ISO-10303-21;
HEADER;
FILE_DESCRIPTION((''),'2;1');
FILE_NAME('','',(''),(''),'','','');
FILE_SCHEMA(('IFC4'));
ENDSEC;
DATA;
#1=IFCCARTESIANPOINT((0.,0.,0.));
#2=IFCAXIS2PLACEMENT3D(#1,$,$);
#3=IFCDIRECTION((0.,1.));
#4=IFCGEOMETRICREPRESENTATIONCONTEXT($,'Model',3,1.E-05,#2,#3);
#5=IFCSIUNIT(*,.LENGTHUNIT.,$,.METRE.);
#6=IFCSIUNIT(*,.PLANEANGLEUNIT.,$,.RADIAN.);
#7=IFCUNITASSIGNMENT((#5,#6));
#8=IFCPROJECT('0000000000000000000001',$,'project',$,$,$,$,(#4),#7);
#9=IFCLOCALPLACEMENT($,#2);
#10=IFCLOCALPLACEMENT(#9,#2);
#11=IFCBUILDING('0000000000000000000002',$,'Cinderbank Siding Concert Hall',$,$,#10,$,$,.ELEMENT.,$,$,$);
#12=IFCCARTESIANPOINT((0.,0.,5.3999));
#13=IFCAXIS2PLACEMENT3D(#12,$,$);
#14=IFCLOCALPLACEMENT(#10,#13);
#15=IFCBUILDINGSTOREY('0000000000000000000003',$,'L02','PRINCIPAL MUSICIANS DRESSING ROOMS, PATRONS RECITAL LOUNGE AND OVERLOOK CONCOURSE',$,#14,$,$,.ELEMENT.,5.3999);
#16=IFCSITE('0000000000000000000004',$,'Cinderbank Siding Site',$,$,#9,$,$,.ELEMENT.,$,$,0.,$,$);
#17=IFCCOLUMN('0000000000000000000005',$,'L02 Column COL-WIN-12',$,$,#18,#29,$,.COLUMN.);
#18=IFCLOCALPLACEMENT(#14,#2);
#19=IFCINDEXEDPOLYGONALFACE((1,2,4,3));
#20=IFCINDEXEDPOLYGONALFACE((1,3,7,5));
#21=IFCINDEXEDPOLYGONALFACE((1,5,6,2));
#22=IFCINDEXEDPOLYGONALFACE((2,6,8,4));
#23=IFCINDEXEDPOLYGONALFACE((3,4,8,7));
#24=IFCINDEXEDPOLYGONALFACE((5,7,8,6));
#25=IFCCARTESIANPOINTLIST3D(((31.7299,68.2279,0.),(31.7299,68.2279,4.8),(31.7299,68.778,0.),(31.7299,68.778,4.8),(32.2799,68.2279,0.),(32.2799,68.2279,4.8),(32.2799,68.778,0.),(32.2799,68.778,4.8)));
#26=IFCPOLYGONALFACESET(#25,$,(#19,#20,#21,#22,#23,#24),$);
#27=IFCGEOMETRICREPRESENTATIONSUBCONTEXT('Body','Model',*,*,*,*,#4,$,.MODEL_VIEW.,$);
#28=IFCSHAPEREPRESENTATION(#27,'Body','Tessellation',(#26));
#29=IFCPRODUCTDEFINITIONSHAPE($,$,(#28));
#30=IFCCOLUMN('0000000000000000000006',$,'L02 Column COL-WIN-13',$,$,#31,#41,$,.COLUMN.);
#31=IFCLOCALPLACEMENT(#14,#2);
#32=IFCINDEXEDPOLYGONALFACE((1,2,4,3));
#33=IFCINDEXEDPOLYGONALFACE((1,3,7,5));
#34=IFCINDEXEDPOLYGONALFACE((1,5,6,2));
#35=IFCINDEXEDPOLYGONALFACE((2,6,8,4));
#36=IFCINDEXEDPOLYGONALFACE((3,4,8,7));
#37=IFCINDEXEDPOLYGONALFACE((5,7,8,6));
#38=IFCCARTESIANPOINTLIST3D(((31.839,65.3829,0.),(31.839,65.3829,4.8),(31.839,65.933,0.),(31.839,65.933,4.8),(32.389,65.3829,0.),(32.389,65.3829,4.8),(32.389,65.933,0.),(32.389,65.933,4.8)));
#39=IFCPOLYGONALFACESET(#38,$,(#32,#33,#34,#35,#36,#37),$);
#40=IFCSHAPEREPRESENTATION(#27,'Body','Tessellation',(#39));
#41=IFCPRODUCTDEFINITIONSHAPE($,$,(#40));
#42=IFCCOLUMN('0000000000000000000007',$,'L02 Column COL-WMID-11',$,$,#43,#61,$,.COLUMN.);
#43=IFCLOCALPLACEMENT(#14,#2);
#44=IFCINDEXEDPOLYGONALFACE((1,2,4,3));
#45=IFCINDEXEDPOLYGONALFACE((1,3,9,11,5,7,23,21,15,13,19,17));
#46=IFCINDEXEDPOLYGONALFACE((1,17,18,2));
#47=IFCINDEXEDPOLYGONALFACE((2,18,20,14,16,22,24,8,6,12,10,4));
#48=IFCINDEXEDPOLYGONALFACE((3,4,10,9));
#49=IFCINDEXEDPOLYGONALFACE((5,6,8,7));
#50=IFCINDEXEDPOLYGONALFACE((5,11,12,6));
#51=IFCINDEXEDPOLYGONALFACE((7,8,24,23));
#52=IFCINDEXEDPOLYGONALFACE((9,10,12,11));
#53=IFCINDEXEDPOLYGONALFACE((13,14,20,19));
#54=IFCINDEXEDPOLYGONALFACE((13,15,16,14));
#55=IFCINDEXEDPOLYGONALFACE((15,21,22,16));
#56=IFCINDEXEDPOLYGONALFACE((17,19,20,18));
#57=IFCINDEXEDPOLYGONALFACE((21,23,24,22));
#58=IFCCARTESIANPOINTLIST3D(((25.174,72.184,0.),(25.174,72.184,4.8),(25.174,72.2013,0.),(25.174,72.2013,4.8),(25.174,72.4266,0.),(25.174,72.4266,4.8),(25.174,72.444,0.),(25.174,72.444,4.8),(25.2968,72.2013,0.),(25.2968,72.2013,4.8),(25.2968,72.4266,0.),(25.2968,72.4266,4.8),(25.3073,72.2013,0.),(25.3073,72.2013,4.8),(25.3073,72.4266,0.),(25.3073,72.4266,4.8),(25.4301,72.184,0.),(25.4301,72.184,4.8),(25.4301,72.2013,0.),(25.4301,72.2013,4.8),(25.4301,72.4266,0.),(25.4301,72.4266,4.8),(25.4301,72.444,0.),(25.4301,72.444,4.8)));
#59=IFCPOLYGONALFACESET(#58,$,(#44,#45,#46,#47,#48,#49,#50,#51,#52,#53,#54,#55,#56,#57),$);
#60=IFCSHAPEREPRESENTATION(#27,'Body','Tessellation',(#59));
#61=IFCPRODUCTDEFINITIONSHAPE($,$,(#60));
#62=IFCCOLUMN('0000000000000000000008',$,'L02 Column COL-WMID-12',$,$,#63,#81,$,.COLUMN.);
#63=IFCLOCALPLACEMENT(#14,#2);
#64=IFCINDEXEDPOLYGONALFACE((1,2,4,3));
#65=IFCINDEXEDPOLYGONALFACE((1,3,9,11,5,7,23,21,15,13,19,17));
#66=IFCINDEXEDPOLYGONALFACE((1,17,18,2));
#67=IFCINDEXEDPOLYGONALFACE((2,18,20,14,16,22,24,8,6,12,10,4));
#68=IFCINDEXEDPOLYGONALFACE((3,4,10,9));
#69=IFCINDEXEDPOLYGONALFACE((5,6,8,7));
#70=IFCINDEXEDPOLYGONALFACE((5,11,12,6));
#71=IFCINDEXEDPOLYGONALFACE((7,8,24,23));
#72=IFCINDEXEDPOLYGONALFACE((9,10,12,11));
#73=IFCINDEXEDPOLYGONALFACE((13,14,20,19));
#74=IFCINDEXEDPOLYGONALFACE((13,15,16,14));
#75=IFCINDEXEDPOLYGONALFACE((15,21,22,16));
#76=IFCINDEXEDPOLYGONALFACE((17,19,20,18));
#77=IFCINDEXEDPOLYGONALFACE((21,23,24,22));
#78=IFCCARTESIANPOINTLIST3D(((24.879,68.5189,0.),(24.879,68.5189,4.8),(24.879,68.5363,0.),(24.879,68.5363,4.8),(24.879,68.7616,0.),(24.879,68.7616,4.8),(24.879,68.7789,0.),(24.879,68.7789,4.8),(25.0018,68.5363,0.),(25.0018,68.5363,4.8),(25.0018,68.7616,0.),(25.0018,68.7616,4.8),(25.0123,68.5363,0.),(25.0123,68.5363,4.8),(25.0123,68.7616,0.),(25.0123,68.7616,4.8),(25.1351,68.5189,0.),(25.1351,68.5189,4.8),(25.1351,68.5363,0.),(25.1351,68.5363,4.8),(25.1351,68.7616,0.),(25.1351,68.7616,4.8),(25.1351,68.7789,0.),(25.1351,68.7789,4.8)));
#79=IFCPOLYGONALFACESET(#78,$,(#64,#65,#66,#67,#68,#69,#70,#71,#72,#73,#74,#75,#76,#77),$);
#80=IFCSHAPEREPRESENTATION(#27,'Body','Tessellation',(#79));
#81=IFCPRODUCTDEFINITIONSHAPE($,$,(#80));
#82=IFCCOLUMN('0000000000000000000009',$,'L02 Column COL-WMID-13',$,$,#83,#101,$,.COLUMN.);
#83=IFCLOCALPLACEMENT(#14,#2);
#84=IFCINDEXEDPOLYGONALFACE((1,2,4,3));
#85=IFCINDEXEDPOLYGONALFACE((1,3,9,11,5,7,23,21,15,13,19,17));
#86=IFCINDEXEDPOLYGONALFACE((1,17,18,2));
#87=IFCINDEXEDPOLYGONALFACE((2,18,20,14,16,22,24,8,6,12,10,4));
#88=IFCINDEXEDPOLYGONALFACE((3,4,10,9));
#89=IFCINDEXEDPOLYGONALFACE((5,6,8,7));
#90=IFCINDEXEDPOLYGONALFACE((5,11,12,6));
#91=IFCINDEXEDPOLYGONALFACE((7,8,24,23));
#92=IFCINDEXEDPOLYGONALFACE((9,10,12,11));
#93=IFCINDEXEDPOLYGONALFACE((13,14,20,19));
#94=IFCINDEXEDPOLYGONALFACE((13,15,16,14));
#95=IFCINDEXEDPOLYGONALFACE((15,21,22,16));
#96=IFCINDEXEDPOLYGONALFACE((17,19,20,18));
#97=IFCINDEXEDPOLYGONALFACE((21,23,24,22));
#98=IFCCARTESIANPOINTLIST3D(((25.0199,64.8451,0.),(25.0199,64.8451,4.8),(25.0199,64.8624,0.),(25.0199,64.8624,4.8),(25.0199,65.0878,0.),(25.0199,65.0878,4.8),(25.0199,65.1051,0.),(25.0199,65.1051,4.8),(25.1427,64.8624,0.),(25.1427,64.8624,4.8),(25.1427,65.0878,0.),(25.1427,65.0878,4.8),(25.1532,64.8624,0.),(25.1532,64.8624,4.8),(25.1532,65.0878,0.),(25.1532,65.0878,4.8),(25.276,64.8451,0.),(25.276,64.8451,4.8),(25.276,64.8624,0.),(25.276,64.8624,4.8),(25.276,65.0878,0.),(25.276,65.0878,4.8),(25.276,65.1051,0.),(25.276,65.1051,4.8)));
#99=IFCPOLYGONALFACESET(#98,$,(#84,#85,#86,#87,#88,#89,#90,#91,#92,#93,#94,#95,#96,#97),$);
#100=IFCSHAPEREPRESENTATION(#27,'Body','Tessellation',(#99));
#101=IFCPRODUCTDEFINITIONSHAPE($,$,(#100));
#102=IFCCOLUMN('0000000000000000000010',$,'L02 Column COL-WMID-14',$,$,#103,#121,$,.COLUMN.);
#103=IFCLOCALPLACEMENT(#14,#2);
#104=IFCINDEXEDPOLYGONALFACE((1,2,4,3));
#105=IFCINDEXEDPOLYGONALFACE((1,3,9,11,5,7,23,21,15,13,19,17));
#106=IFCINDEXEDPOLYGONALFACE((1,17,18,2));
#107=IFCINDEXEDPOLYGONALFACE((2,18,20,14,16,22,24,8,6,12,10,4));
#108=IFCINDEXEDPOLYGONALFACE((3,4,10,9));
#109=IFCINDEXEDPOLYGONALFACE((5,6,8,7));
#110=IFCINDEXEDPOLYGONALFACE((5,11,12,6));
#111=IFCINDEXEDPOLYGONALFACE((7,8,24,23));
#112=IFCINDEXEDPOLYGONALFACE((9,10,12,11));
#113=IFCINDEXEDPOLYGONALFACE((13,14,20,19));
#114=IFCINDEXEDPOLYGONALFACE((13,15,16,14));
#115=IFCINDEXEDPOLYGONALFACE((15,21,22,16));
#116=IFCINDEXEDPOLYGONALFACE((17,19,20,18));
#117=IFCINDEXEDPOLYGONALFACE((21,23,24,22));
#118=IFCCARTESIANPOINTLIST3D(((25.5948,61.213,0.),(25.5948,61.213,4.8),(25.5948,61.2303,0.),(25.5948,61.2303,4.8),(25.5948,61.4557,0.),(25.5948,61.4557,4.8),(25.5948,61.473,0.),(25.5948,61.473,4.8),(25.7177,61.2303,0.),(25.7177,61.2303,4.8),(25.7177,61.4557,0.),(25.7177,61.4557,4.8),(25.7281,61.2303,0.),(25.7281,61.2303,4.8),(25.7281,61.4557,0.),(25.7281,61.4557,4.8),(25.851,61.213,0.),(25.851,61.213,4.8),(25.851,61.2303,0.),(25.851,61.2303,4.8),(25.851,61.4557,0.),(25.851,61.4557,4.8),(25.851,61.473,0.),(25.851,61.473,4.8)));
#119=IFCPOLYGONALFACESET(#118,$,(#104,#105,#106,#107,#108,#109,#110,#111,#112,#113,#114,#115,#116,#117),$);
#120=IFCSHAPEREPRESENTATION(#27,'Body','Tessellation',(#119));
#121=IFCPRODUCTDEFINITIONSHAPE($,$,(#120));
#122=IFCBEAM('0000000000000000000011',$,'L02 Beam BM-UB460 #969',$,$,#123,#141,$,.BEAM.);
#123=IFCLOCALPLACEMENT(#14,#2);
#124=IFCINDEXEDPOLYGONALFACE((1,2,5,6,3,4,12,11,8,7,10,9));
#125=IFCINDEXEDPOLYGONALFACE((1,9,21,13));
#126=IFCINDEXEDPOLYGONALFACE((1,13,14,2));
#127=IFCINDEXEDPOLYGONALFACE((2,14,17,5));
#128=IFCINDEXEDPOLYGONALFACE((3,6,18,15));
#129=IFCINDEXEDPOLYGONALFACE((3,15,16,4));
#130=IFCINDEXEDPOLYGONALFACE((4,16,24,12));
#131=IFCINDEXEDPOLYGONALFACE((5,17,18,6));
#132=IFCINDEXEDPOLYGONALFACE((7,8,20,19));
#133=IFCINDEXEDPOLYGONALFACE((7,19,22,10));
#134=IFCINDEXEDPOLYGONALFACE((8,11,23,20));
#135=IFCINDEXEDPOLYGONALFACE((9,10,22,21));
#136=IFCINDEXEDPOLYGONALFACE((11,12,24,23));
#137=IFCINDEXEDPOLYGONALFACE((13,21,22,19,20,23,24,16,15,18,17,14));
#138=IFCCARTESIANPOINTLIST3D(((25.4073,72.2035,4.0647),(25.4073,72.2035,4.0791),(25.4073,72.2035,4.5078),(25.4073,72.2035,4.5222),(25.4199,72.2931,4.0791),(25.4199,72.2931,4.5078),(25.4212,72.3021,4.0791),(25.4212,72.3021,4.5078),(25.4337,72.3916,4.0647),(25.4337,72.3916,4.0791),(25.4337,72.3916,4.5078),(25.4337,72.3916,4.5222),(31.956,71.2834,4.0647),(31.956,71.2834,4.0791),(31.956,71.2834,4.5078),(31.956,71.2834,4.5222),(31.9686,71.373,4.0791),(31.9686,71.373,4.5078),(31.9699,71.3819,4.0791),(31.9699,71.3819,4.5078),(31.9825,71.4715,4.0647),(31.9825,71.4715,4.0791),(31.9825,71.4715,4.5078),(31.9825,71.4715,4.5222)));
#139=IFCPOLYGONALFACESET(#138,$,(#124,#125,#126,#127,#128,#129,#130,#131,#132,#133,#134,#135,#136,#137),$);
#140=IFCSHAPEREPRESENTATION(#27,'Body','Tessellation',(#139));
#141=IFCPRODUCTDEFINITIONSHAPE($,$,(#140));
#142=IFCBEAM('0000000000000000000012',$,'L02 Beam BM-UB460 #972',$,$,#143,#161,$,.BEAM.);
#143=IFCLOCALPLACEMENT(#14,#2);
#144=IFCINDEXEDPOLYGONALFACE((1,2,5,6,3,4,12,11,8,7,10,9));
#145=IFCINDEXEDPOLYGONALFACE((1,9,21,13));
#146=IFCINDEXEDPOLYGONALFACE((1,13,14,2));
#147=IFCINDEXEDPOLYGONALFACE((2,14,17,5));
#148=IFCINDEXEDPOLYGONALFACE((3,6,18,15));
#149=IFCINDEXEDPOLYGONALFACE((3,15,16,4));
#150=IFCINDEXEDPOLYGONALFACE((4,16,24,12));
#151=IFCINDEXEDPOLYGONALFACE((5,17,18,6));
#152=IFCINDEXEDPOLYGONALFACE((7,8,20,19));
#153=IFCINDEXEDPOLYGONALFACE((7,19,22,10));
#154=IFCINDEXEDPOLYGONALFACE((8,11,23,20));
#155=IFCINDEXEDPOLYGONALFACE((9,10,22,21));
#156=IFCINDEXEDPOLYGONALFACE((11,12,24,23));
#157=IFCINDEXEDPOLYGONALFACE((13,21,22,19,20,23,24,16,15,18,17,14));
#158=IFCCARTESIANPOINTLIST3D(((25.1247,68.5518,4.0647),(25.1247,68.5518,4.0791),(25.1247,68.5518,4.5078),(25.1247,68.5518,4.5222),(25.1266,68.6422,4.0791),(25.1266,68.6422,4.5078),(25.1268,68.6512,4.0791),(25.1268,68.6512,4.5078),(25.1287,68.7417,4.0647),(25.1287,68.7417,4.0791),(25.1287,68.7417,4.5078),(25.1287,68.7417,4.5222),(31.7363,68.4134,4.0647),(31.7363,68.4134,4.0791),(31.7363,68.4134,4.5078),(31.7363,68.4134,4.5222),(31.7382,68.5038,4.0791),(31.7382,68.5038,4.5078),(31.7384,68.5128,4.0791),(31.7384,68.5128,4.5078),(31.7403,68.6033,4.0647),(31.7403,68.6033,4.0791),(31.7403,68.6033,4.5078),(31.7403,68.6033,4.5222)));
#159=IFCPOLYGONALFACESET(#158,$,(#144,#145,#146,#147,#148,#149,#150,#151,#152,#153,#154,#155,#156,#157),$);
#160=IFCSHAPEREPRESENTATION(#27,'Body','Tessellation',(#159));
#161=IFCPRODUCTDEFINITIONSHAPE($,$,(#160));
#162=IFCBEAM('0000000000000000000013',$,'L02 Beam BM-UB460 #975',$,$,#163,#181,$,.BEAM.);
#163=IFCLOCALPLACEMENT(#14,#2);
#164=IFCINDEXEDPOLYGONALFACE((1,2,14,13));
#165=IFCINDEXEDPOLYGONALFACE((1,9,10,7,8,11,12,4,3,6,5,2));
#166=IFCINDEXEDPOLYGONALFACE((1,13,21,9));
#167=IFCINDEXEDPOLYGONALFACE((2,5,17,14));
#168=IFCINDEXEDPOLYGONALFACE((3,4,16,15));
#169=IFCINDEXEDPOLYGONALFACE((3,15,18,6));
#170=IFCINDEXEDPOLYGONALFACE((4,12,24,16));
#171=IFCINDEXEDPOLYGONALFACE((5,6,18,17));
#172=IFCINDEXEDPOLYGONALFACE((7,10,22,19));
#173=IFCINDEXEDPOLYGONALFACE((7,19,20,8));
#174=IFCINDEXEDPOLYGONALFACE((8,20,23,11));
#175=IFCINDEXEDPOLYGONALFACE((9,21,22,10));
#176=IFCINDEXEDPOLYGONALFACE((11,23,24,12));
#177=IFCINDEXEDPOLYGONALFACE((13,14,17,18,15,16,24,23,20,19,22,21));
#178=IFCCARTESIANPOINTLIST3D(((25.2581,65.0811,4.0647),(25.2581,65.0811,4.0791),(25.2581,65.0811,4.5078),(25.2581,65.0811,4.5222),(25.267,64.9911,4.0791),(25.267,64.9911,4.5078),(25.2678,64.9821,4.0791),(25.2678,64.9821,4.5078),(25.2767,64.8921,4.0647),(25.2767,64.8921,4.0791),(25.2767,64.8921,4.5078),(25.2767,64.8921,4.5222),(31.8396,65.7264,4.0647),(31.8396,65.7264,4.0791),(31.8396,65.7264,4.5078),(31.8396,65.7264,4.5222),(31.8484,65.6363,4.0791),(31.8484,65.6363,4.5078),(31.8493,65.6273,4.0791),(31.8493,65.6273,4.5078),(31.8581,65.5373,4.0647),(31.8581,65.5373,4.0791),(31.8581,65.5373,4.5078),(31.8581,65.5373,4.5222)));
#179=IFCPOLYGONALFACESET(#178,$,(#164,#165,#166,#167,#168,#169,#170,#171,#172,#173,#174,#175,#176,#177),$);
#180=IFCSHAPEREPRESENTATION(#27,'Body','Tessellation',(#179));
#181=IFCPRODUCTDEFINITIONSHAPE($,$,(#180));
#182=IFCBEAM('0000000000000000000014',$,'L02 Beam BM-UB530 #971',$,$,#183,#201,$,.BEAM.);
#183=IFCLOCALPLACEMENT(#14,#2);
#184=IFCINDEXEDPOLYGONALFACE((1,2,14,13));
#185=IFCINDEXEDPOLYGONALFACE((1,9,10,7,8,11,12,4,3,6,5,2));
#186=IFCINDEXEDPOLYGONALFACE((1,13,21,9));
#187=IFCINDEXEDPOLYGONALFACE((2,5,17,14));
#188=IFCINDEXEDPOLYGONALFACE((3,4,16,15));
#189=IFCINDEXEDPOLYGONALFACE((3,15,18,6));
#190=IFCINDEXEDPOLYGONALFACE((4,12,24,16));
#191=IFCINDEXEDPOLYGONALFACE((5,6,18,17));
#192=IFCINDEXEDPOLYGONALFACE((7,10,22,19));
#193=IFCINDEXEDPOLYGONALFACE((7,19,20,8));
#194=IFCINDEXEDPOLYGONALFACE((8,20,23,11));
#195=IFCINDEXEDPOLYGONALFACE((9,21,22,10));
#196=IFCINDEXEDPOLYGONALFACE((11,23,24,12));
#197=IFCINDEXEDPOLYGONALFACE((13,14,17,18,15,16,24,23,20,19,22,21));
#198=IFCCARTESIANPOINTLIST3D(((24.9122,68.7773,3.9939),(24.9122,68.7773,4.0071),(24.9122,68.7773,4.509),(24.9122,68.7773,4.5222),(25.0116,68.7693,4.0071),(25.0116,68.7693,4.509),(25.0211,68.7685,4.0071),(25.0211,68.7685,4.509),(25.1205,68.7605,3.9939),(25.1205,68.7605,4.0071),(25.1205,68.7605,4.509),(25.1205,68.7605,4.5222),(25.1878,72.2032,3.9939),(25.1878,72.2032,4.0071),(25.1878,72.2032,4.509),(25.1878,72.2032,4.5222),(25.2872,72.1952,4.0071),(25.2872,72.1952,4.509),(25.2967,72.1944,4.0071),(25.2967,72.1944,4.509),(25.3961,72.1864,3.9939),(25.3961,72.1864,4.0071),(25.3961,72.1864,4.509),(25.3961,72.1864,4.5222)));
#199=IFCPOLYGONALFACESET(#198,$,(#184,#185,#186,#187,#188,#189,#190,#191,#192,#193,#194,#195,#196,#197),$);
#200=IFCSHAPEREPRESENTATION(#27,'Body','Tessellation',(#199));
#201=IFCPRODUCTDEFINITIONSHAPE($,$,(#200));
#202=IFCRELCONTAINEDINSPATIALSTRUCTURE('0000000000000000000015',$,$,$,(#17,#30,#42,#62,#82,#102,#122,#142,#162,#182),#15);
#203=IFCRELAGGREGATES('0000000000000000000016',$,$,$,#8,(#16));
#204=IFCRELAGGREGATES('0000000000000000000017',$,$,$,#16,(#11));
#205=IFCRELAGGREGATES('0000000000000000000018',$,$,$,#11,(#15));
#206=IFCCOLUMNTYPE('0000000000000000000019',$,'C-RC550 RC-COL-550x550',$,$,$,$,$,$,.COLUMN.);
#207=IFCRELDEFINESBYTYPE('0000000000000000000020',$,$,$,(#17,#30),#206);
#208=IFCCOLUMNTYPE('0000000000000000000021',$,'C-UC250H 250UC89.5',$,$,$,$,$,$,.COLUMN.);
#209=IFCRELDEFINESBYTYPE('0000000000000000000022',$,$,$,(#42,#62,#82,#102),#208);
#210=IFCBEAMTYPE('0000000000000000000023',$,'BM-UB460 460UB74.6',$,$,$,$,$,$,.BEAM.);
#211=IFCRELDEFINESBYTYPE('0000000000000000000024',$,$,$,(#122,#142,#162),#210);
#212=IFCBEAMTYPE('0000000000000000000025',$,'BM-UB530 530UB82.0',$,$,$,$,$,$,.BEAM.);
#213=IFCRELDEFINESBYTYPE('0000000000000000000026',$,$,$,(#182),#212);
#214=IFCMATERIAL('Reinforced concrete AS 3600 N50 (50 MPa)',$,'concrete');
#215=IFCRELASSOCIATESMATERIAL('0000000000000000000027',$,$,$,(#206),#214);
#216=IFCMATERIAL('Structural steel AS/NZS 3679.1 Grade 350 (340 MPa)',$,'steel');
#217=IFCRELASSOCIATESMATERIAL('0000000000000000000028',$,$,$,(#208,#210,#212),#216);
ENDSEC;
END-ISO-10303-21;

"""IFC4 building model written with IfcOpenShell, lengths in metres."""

from ifc_helpers import new_model, si_unit, direction, frame, origin, origin_2d, place, context, subcontext, project, spatial, rectangle, i_section, extrude, material, material_profile, profile_set, type_object, element, save


model = new_model("IFC4")

# Units and contexts
model_context = context("Model", 3, precision=1e-05, world=origin(), true_north=direction((0.0, 1.0)))
body_context = subcontext(model_context, "Body", "Model", "MODEL_VIEW")
ifc_project = project(units=[si_unit("LENGTHUNIT", "METRE"), si_unit("PLANEANGLEUNIT", "RADIAN")], contexts=[model_context])

# Site, building, storey
site_placement = place(None, origin())
site = spatial("IfcSite", under=ifc_project, at=site_placement, Name="Cinderbank Siding Site", CompositionType="ELEMENT", RefElevation=0.0)
building_placement = place(site_placement, origin())
building = spatial("IfcBuilding", under=site, at=building_placement, Name="Cinderbank Siding Concert Hall", CompositionType="ELEMENT")
storey_placement = place(building_placement, frame((0.0, 0.0, 5.3999)))
storey = spatial("IfcBuildingStorey", under=building, at=storey_placement, Name="L02", Description="PRINCIPAL MUSICIANS DRESSING ROOMS, PATRONS RECITAL LOUNGE AND OVERLOOK CONCOURSE", CompositionType="ELEMENT", Elevation=5.3999)

# Columns
ifc_material_1 = material(Name="Reinforced concrete AS 3600 N50 (50 MPa)", Category="concrete")
ifc_material_profile_1 = material_profile(ifc_material_1, rectangle(XDim=0.55, YDim=0.55, at=origin_2d()), Name="RC-COL-550x550", Category="LoadBearing")
ifc_profile_set_1 = profile_set([ifc_material_profile_1], Name="Reinforced concrete AS 3600 N50 (50 MPa)")
column_type_1 = type_object("IfcColumnType", Name="C-RC550 RC-COL-550x550", PredefinedType="COLUMN", material=ifc_profile_set_1)
for number, where, z_axis, x_axis, name in (
    (1, (32.0049, 68.5029, 0.0), (0.0, 0.0, 1.0), (1.0, 0.0, 0.0), "L02 Column COL-WIN-12"),
    (2, (32.114, 65.658, 0.0), (0.0, 0.0, 1.0), (1.0, 0.0, 0.0), "L02 Column COL-WIN-13"),
):
    element("IfcColumn", number, at=place(storey_placement, frame(where, z_axis=z_axis, x_axis=x_axis)), inside=storey, type_object=column_type_1, Name=name, PredefinedType="COLUMN", context=body_context, shape_type="SweptSolid", body=[
        extrude(rectangle(XDim=0.55, YDim=0.55, at=origin_2d()), origin(), (0.0, 0.0, 1.0), 4.8),
    ])
ifc_material_2 = material(Name="Structural steel AS/NZS 3679.1 Grade 350 (340 MPa)", Category="steel")
ifc_material_profile_2 = material_profile(ifc_material_2, i_section(OverallWidth=0.2561, OverallDepth=0.26, WebThickness=0.0105, FlangeThickness=0.0173, at=origin_2d()), Name="250UC89.5", Category="LoadBearing")
ifc_profile_set_2 = profile_set([ifc_material_profile_2], Name="Structural steel AS/NZS 3679.1 Grade 350 (340 MPa)")
column_type_2 = type_object("IfcColumnType", Name="C-UC250H 250UC89.5", PredefinedType="COLUMN", material=ifc_profile_set_2)
for number, where, z_axis, x_axis, name in (
    (3, (25.302, 72.314, 0.0), (0.0, 0.0, 1.0), (1.0, 0.0, 0.0), "L02 Column COL-WMID-11"),
    (4, (25.0071, 68.6489, 0.0), (0.0, 0.0, 1.0), (1.0, 0.0, 0.0), "L02 Column COL-WMID-12"),
    (5, (25.1479, 64.9751, 0.0), (0.0, 0.0, 1.0), (1.0, 0.0, 0.0), "L02 Column COL-WMID-13"),
    (6, (25.7229, 61.343, 0.0), (0.0, 0.0, 1.0), (1.0, 0.0, 0.0), "L02 Column COL-WMID-14"),
):
    element("IfcColumn", number, at=place(storey_placement, frame(where, z_axis=z_axis, x_axis=x_axis)), inside=storey, type_object=column_type_2, Name=name, PredefinedType="COLUMN", context=body_context, shape_type="SweptSolid", body=[
        extrude(i_section(OverallWidth=0.2561, OverallDepth=0.26, WebThickness=0.0105, FlangeThickness=0.0173, at=origin_2d()), origin(), (0.0, 0.0, 1.0), 4.8),
    ])

# Beams
ifc_material_profile_3 = material_profile(ifc_material_2, i_section(OverallWidth=0.1899, OverallDepth=0.4575, WebThickness=0.009, FlangeThickness=0.0144, at=origin_2d()), Name="460UB74.6", Category="LoadBearing")
ifc_profile_set_3 = profile_set([ifc_material_profile_3], Name="Structural steel AS/NZS 3679.1 Grade 350 (340 MPa)")
beam_type_1 = type_object("IfcBeamType", Name="BM-UB460 460UB74.6", PredefinedType="BEAM", material=ifc_profile_set_3)
for number, where, z_axis, x_axis, name in (
    (7, (31.9692, 71.3774, 4.2935), (-0.990272, 0.139142, 0.0), (-0.139142, -0.990272, 0.0), "L02 Beam BM-UB460 #969"),
    (8, (31.7383, 68.5083, 4.2935), (-0.999781, 0.020933, 0.0), (-0.020933, -0.999781, 0.0), "L02 Beam BM-UB460 #972"),
    (9, (31.8489, 65.6318, 4.2935), (-0.995228, -0.097574, 0.0), (0.097574, -0.995228, 0.0), "L02 Beam BM-UB460 #975"),
):
    element("IfcBeam", number, at=place(storey_placement, frame(where, z_axis=z_axis, x_axis=x_axis)), inside=storey, type_object=beam_type_1, Name=name, PredefinedType="BEAM", context=body_context, shape_type="SweptSolid", body=[
        extrude(i_section(OverallWidth=0.1899, OverallDepth=0.4575, WebThickness=0.009, FlangeThickness=0.0144, at=origin_2d()), origin(), (0.0, 0.0, 1.0), 6.613),
    ])
ifc_material_profile_4 = material_profile(ifc_material_2, i_section(OverallWidth=0.209, OverallDepth=0.5283, WebThickness=0.0095, FlangeThickness=0.0132, at=origin_2d()), Name="530UB82.0", Category="LoadBearing")
ifc_profile_set_4 = profile_set([ifc_material_profile_4], Name="Structural steel AS/NZS 3679.1 Grade 350 (340 MPa)")
beam_type_2 = type_object("IfcBeamType", Name="BM-UB530 530UB82.0", PredefinedType="BEAM", material=ifc_profile_set_4)
for number, where, z_axis, x_axis, name in (
    (10, (25.292, 72.1948, 4.2581), (-0.080194, -0.996779, 0.0), (0.996779, -0.080194, 0.0), "L02 Beam BM-UB530 #971"),
):
    element("IfcBeam", number, at=place(storey_placement, frame(where, z_axis=z_axis, x_axis=x_axis)), inside=storey, type_object=beam_type_2, Name=name, PredefinedType="BEAM", context=body_context, shape_type="SweptSolid", body=[
        extrude(i_section(OverallWidth=0.209, OverallDepth=0.5283, WebThickness=0.0095, FlangeThickness=0.0132, at=origin_2d()), origin(), (0.0, 0.0, 1.0), 3.437),
    ])

save(model, "model.ifc")
